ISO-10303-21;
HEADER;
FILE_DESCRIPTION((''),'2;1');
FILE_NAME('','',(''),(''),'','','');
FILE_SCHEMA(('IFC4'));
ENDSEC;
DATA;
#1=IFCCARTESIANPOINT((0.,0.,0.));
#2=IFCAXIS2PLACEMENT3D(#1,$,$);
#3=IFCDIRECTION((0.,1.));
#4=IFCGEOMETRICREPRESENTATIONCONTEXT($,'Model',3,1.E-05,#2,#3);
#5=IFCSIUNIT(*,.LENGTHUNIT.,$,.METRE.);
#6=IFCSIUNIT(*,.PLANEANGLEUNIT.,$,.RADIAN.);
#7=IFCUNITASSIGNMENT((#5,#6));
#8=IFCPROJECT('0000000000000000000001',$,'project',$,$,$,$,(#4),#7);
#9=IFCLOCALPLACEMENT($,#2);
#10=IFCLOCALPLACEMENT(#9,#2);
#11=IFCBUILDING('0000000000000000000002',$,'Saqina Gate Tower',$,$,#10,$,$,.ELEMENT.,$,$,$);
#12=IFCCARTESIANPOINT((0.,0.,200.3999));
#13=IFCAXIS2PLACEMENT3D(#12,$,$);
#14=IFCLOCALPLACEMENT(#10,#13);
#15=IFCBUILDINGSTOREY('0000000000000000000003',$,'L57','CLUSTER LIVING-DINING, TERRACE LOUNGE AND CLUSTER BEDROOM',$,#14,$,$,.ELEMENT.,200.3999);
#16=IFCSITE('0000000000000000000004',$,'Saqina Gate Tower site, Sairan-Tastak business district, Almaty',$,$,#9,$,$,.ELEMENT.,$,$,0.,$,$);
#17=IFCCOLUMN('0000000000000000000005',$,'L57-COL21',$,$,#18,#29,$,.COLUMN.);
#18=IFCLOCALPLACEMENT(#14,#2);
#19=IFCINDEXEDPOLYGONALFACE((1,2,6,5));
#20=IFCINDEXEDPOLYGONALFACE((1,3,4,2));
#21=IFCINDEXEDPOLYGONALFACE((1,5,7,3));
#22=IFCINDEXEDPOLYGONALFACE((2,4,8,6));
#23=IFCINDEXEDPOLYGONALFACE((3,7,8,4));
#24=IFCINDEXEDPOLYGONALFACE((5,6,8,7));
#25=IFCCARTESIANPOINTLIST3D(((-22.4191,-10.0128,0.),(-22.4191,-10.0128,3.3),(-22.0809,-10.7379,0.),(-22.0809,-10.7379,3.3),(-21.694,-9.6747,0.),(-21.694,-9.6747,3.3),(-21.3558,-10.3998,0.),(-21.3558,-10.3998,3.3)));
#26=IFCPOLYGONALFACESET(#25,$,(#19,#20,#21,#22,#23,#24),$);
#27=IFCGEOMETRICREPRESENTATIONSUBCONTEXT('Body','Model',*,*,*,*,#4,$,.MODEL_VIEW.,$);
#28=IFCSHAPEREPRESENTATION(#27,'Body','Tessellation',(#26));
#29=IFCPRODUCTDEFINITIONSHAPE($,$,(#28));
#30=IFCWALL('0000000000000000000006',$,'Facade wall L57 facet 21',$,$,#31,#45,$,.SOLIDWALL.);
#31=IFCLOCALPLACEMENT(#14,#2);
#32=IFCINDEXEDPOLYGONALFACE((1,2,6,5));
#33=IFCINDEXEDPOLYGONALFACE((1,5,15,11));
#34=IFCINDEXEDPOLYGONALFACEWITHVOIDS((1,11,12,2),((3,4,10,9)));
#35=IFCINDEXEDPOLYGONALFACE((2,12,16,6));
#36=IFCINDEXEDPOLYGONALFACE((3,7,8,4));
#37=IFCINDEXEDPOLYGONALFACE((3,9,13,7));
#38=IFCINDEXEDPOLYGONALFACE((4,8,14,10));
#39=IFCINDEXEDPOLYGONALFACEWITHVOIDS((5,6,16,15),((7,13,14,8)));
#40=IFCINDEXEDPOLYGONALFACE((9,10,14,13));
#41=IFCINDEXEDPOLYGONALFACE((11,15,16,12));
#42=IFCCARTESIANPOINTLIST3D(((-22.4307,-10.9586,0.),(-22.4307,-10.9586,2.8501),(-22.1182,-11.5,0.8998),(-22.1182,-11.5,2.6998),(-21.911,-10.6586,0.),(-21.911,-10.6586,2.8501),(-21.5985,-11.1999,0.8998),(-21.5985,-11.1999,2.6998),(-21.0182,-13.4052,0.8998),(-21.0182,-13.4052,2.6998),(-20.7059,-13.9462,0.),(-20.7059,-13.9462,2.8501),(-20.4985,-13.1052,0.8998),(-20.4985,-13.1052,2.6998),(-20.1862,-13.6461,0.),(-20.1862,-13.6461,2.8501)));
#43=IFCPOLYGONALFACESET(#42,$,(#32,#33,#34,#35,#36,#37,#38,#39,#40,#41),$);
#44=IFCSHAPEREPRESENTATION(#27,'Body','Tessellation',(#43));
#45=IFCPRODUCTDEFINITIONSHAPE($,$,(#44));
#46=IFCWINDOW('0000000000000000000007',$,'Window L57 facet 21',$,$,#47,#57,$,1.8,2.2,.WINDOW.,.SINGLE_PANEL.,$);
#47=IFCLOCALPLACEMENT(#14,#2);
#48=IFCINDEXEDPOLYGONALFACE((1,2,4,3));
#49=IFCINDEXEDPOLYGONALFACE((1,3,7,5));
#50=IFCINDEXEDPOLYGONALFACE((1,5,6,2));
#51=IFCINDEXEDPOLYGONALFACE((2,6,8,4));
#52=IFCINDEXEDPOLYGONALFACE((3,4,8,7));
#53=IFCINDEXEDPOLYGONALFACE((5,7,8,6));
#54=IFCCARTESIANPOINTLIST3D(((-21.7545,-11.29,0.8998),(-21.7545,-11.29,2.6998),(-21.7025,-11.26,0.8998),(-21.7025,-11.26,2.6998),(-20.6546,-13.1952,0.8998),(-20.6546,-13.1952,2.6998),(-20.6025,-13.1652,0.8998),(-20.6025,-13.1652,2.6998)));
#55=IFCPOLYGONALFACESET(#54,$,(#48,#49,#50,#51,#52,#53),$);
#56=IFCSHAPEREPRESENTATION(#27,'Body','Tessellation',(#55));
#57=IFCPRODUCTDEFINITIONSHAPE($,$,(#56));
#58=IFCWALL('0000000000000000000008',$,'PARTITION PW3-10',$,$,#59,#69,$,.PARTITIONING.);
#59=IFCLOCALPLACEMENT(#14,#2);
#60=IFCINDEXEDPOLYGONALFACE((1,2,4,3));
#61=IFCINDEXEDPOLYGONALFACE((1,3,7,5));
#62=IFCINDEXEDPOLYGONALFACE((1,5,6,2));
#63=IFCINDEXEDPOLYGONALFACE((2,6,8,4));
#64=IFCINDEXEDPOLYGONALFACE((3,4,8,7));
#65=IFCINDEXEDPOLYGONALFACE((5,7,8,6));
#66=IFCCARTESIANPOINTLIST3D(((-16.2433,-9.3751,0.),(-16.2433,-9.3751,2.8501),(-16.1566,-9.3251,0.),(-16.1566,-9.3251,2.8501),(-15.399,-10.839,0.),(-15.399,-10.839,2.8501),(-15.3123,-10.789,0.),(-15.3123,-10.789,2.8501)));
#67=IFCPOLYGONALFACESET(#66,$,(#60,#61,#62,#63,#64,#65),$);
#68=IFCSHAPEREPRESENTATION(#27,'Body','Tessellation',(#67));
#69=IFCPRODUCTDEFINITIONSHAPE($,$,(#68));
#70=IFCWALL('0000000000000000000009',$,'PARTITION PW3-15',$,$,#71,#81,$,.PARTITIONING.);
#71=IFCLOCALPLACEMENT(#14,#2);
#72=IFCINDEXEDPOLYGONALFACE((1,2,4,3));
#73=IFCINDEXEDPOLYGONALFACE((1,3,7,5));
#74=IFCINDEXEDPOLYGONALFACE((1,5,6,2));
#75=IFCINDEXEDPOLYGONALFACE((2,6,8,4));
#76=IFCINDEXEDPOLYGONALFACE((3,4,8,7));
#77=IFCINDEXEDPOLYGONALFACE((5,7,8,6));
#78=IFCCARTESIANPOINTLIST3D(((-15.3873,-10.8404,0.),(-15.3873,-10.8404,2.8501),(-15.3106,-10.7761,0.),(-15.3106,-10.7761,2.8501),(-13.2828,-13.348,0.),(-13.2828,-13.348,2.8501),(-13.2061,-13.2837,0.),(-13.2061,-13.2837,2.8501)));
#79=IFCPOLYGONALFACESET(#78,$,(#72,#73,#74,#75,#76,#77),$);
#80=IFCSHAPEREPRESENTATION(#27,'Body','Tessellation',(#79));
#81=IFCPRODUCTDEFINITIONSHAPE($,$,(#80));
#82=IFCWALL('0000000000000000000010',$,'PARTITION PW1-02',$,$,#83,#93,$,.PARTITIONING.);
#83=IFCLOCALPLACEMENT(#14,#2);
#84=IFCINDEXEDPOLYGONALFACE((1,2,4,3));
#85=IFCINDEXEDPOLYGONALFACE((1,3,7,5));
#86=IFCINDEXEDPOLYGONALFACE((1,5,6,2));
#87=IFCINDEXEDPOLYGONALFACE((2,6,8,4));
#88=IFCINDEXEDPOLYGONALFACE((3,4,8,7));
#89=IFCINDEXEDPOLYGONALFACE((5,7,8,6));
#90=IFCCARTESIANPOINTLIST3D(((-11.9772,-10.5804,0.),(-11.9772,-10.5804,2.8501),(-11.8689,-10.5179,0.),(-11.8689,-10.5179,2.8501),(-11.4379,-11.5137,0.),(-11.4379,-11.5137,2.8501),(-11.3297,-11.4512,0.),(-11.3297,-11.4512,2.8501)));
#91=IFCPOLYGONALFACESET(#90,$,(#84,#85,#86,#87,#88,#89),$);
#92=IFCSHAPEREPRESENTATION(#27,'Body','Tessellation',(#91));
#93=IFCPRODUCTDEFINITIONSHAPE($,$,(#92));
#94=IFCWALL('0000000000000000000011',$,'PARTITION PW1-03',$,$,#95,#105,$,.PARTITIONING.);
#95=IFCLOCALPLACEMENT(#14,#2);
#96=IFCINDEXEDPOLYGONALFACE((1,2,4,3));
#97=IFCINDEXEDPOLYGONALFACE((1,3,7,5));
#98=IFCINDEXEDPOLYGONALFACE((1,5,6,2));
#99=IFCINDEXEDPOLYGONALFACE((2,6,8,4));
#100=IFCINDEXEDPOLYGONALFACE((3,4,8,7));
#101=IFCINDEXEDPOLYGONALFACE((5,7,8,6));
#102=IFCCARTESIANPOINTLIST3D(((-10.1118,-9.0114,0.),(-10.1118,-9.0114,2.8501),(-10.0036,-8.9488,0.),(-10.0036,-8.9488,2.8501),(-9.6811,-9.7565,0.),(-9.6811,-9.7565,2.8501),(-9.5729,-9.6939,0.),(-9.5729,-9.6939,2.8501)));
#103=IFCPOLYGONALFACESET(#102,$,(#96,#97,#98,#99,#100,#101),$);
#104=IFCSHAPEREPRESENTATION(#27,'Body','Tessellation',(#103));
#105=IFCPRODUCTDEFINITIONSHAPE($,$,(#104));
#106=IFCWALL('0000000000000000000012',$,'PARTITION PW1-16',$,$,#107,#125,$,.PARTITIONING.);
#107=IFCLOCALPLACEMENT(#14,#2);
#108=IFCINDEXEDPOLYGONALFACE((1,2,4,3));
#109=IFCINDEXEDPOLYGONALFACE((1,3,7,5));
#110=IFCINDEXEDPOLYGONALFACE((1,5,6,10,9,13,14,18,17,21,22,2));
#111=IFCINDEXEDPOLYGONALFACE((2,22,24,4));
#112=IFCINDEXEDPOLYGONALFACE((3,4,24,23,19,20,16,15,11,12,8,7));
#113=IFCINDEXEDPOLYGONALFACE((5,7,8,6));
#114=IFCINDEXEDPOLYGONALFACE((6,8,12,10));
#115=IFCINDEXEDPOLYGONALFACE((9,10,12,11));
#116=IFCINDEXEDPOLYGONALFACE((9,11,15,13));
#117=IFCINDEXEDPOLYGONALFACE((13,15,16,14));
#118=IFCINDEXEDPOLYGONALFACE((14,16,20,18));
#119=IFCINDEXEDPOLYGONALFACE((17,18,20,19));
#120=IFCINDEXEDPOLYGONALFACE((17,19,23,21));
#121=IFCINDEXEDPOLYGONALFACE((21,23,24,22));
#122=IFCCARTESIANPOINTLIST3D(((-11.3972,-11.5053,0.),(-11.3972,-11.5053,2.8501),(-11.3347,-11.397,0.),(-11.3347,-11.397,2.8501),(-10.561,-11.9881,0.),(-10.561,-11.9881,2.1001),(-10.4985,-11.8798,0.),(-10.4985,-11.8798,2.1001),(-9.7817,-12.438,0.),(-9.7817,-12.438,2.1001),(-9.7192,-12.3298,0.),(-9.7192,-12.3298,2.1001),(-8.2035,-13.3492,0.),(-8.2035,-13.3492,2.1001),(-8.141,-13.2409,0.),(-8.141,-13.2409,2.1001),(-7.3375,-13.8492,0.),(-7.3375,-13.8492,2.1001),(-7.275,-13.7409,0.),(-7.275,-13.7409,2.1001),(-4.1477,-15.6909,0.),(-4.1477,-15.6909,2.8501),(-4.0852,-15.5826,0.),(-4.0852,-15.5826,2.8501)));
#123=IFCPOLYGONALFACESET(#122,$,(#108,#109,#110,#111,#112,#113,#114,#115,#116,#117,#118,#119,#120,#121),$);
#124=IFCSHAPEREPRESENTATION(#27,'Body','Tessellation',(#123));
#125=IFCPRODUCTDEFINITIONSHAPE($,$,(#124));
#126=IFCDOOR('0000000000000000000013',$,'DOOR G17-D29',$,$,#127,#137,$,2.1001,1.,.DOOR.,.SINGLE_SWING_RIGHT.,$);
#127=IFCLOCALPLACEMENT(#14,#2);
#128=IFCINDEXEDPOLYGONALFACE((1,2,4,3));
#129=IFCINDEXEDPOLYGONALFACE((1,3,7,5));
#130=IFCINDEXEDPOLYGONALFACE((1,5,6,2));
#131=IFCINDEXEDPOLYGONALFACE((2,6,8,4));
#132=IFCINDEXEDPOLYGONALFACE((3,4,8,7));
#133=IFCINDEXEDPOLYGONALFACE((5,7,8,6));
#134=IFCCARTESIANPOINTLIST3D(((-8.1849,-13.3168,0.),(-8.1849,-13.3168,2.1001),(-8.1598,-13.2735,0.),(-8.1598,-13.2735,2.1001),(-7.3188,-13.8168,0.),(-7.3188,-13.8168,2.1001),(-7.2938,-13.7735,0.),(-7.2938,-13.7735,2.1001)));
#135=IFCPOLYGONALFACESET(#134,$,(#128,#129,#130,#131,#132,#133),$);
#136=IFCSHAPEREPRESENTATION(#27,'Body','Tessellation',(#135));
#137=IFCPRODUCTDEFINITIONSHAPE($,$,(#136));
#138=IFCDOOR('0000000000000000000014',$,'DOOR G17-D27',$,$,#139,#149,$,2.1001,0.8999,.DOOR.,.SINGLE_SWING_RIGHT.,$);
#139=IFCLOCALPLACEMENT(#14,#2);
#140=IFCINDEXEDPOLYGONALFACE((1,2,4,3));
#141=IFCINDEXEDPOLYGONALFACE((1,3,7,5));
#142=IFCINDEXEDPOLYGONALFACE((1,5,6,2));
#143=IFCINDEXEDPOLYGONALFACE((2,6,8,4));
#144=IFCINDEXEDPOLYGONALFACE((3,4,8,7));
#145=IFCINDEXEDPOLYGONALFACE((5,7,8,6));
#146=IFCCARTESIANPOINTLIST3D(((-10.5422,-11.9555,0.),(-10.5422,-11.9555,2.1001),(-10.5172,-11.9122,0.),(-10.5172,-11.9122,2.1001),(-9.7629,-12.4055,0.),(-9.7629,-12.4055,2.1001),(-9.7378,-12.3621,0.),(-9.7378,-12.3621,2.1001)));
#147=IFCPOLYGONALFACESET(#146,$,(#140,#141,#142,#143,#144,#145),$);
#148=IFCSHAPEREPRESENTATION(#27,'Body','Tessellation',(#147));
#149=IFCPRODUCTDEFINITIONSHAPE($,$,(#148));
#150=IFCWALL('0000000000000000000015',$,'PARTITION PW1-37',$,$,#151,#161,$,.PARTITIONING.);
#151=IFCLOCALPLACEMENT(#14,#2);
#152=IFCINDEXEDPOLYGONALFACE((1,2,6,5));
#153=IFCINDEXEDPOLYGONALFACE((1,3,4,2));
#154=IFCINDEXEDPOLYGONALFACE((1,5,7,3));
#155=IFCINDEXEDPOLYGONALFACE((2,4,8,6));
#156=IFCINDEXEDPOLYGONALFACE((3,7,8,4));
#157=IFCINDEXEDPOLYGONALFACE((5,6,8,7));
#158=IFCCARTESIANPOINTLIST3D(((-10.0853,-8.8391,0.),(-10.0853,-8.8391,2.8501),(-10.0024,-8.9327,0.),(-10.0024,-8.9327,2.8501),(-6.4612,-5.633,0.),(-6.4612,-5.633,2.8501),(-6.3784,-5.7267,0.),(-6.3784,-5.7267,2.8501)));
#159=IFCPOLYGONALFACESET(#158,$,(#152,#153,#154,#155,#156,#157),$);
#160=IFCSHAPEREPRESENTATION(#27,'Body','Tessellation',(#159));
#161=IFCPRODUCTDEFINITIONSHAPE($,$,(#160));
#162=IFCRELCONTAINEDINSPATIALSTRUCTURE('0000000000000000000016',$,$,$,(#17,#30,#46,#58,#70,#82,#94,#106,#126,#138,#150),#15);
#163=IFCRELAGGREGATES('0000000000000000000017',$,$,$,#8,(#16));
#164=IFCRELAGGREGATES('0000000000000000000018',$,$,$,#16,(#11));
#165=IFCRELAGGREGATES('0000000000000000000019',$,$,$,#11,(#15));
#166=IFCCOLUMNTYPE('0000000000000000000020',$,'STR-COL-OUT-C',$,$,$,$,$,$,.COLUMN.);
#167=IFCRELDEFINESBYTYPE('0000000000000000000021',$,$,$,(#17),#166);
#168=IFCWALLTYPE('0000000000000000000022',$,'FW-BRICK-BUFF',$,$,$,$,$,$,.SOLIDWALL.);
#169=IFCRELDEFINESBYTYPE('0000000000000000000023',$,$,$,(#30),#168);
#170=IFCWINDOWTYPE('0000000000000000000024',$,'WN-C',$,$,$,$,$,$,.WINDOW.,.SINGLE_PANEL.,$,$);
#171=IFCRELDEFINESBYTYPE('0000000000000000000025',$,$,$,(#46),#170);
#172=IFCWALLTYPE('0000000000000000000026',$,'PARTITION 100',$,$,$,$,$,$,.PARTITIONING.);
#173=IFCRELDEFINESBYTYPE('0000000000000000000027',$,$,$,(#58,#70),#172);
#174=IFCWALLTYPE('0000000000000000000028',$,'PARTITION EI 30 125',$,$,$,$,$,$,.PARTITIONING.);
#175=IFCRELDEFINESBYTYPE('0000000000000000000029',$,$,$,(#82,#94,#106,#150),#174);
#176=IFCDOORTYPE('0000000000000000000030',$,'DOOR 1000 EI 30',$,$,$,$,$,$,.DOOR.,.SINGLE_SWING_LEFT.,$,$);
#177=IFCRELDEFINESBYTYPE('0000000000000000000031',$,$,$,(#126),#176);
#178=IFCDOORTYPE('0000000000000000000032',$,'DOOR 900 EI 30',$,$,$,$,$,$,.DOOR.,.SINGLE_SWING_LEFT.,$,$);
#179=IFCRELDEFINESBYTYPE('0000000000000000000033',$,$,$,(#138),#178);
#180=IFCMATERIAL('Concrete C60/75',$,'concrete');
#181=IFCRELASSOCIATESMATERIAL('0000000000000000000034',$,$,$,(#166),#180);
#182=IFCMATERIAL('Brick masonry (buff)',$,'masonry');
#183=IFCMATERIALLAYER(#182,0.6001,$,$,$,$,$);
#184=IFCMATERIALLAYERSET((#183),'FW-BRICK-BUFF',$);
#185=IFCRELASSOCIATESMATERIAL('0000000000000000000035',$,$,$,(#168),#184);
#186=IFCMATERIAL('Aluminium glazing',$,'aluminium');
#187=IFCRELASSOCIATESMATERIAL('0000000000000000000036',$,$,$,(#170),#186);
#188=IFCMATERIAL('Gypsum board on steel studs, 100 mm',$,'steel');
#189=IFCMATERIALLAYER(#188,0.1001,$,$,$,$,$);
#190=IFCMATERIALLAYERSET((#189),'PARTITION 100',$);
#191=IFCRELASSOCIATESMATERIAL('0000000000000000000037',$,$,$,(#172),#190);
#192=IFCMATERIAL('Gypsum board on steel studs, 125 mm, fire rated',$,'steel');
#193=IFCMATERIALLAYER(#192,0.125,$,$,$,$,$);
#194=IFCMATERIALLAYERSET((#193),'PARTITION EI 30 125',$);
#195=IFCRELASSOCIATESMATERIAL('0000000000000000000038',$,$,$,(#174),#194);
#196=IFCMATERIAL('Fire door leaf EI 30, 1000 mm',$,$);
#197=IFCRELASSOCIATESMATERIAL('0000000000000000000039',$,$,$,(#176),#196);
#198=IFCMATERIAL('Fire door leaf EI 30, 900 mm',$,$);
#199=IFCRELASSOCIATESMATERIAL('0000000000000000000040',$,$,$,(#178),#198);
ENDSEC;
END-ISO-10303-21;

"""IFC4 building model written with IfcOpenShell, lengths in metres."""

from ifc_helpers import new_model, si_unit, direction, frame, frame_2d, origin, origin_2d, place, context, subcontext, project, spatial, rectangle, extrude, material, layer, layer_set, material_profile, profile_set, type_object, element, fill, save


model = new_model("IFC4")

# Units and contexts
model_context = context("Model", 3, precision=1e-05, world=origin(), true_north=direction((0.0, 1.0)))
body_context = subcontext(model_context, "Body", "Model", "MODEL_VIEW")
ifc_project = project(units=[si_unit("LENGTHUNIT", "METRE"), si_unit("PLANEANGLEUNIT", "RADIAN")], contexts=[model_context])

# Site, building, storey
site_placement = place(None, origin())
site = spatial("IfcSite", under=ifc_project, at=site_placement, Name="Saqina Gate Tower site, Sairan-Tastak business district, Almaty", CompositionType="ELEMENT", RefElevation=0.0)
building_placement = place(site_placement, origin())
building = spatial("IfcBuilding", under=site, at=building_placement, Name="Saqina Gate Tower", CompositionType="ELEMENT")
storey_placement = place(building_placement, frame((0.0, 0.0, 200.3999)))
storey = spatial("IfcBuildingStorey", under=building, at=storey_placement, Name="L57", Description="CLUSTER LIVING-DINING, TERRACE LOUNGE AND CLUSTER BEDROOM", CompositionType="ELEMENT", Elevation=200.3999)

# Column
ifc_material_1 = material(Name="Concrete C60/75", Category="concrete")
ifc_material_profile = material_profile(ifc_material_1, rectangle(XDim=0.8, YDim=0.8, at=origin_2d()), Name="RC 800x800")
ifc_profile_set = profile_set([ifc_material_profile], Name="Concrete C60/75")
column_type = type_object("IfcColumnType", Name="STR-COL-OUT-C", PredefinedType="COLUMN", material=ifc_profile_set)
column_placement = place(storey_placement, frame((-21.8875, -10.2063, 0.0), z_axis=(0.0, 0.0, 1.0), x_axis=(-0.906308, -0.422618, 0.0)))
element("IfcColumn", 1, at=column_placement, inside=storey, type_object=column_type, Name="L57-COL21", PredefinedType="COLUMN", context=body_context, shape_type="SweptSolid", body=[
    extrude(rectangle(XDim=0.8, YDim=0.8, at=origin_2d()), origin(), (0.0, 0.0, 1.0), 3.3),
])

# Wall, opening, window
ifc_material_2 = material(Name="Brick masonry (buff)", Category="masonry")
ifc_layer_1 = layer(ifc_material_2, 0.6001)
ifc_layer_set_1 = layer_set([ifc_layer_1], Name="FW-BRICK-BUFF")
wall_type_1 = type_object("IfcWallType", Name="FW-BRICK-BUFF", PredefinedType="SOLIDWALL", material=ifc_layer_set_1)
wall_1_placement = place(storey_placement, frame((-22.1709, -10.8086, 0.0), z_axis=(0.0, 0.0, 1.0), x_axis=(0.499998, -0.866026, 0.0)))
wall_1 = element("IfcWall", 2, at=wall_1_placement, inside=storey, type_object=wall_type_1, Name="Facade wall L57 facet 21", PredefinedType="SOLIDWALL", context=body_context, shape_type="SweptSolid", body=[
    extrude(rectangle(XDim=3.4497, YDim=0.6001, at=frame_2d((1.7249, 0.0))), origin(), (0.0, 0.0, 1.0), 2.8501),
])
opening_1_placement = place(wall_1_placement, frame((0.625, 0.0, 0.8999)))
opening_1 = element("IfcOpeningElement", 3, at=opening_1_placement, cuts=wall_1, PredefinedType="OPENING", context=body_context, shape_type="SweptSolid", body=[
    extrude(rectangle(XDim=2.2, YDim=1.8, at=frame_2d((1.1001, 0.8999))), frame((0.0, 0.312, 0.0), z_axis=(0.0, -1.0, 0.0), x_axis=(1.0, 0.0, 0.0)), (0.0, 0.0, 1.0), 0.624),
])
ifc_material_3 = material(Name="Aluminium glazing", Category="aluminium")
window_type = type_object("IfcWindowType", Name="WN-C", PartitioningType="SINGLE_PANEL", PredefinedType="WINDOW", material=ifc_material_3)
window_placement = place(opening_1_placement, origin())
window = element("IfcWindow", 4, at=window_placement, inside=storey, type_object=window_type, Name="Window L57 facet 21", OverallHeight=1.8, OverallWidth=2.2, PartitioningType="SINGLE_PANEL", PredefinedType="WINDOW", context=body_context, shape_type="SweptSolid", body=[
    extrude(rectangle(XDim=2.2, YDim=1.8, at=frame_2d((1.1001, 0.8999))), frame((0.0, 0.1799, 0.0), z_axis=(0.0, -1.0, 0.0), x_axis=(1.0, 0.0, 0.0)), (0.0, 0.0, 1.0), 0.0601),
])
fill(opening_1, window)

# Walls
ifc_material_4 = material(Name="Gypsum board on steel studs, 100 mm", Category="steel")
ifc_layer_2 = layer(ifc_material_4, 0.1001)
ifc_layer_set_2 = layer_set([ifc_layer_2], Name="PARTITION 100")
wall_type_2 = type_object("IfcWallType", Name="PARTITION 100", PredefinedType="PARTITIONING", material=ifc_layer_set_2)
wall_2_placement = place(storey_placement, frame((-16.2, -9.3501, 0.0), z_axis=(0.0, 0.0, 1.0), x_axis=(0.499589, -0.866263, 0.0)))
element("IfcWall", 5, at=wall_2_placement, inside=storey, type_object=wall_type_2, Name="PARTITION PW3-10", PredefinedType="PARTITIONING", context=body_context, shape_type="SweptSolid", body=[
    extrude(rectangle(XDim=1.6899, YDim=0.1001, at=frame_2d((0.845, 0.0))), origin(), (0.0, 0.0, 1.0), 2.8501),
])
wall_3_placement = place(storey_placement, frame((-15.3489, -10.8083, 0.0), z_axis=(0.0, 0.0, 1.0), x_axis=(0.642858, -0.765985, 0.0)))
element("IfcWall", 6, at=wall_3_placement, inside=storey, type_object=wall_type_2, Name="PARTITION PW3-15", PredefinedType="PARTITIONING", context=body_context, shape_type="SweptSolid", body=[
    extrude(rectangle(XDim=3.2737, YDim=0.1001, at=frame_2d((1.6367, 0.0))), origin(), (0.0, 0.0, 1.0), 2.8501),
])
ifc_material_5 = material(Name="Gypsum board on steel studs, 125 mm, fire rated", Category="steel")
ifc_layer_3 = layer(ifc_material_5, 0.125)
ifc_layer_set_3 = layer_set([ifc_layer_3], Name="PARTITION EI 30 125")
wall_type_3 = type_object("IfcWallType", Name="PARTITION EI 30 125", PredefinedType="PARTITIONING", material=ifc_layer_set_3)
wall_4_placement = place(storey_placement, frame((-11.9231, -10.5491, 0.0), z_axis=(0.0, 0.0, 1.0), x_axis=(0.500304, -0.86585, 0.0)))
element("IfcWall", 7, at=wall_4_placement, inside=storey, type_object=wall_type_3, Name="PARTITION PW1-02", PredefinedType="PARTITIONING", context=body_context, shape_type="SweptSolid", body=[
    extrude(rectangle(XDim=1.0779, YDim=0.125, at=frame_2d((0.5391, 0.0))), origin(), (0.0, 0.0, 1.0), 2.8501),
])
wall_5_placement = place(storey_placement, frame((-10.0576, -8.9802, 0.0), z_axis=(0.0, 0.0, 1.0), x_axis=(0.50041, -0.865789, 0.0)))
element("IfcWall", 8, at=wall_5_placement, inside=storey, type_object=wall_type_3, Name="PARTITION PW1-03", PredefinedType="PARTITIONING", context=body_context, shape_type="SweptSolid", body=[
    extrude(rectangle(XDim=0.8606, YDim=0.125, at=frame_2d((0.4302, 0.0))), origin(), (0.0, 0.0, 1.0), 2.8501),
])

# Wall, openings, doors
wall_6_placement = place(storey_placement, frame((-11.366, -11.4512, 0.0), z_axis=(0.0, 0.0, 1.0), x_axis=(0.866023, -0.500004, 0.0)))
wall_6 = element("IfcWall", 9, at=wall_6_placement, inside=storey, type_object=wall_type_3, Name="PARTITION PW1-16", PredefinedType="PARTITIONING", context=body_context, shape_type="SweptSolid", body=[
    extrude(rectangle(XDim=8.3711, YDim=0.125, at=frame_2d((4.1855, 0.0))), origin(), (0.0, 0.0, 1.0), 2.8501),
])
opening_2_placement = place(wall_6_placement, frame((0.9656, 0.0, 0.0)))
opening_2 = element("IfcOpeningElement", 10, at=opening_2_placement, cuts=wall_6, PredefinedType="OPENING", context=body_context, shape_type="SweptSolid", body=[
    extrude(rectangle(XDim=0.8999, YDim=2.1001, at=frame_2d((0.45, 1.05))), frame((0.0, 0.0745, 0.0), z_axis=(0.0, -1.0, 0.0), x_axis=(1.0, 0.0, 0.0)), (0.0, 0.0, 1.0), 0.1489),
])
opening_3_placement = place(wall_6_placement, frame((3.6877, 0.0, 0.0)))
opening_3 = element("IfcOpeningElement", 11, at=opening_3_placement, cuts=wall_6, PredefinedType="OPENING", context=body_context, shape_type="SweptSolid", body=[
    extrude(rectangle(XDim=1.0, YDim=2.1001, at=frame_2d((0.5, 1.05))), frame((0.0, 0.0745, 0.0), z_axis=(0.0, -1.0, 0.0), x_axis=(1.0, 0.0, 0.0)), (0.0, 0.0, 1.0), 0.1489),
])
ifc_material_6 = material(Name="Fire door leaf EI 30, 1000 mm")
door_type_1 = type_object("IfcDoorType", Name="DOOR 1000 EI 30", OperationType="SINGLE_SWING_LEFT", PredefinedType="DOOR", material=ifc_material_6)
door_1_placement = place(opening_3_placement, origin())
door_1 = element("IfcDoor", 12, at=door_1_placement, inside=storey, type_object=door_type_1, Name="DOOR G17-D29", OperationType="SINGLE_SWING_RIGHT", OverallHeight=2.1001, OverallWidth=1.0, PredefinedType="DOOR", context=body_context, shape_type="SweptSolid", body=[
    extrude(rectangle(XDim=1.0, YDim=2.1001, at=frame_2d((0.5, 1.05))), frame((0.0, 0.0249, 0.0), z_axis=(0.0, -1.0, 0.0), x_axis=(1.0, 0.0, 0.0)), (0.0, 0.0, 1.0), 0.05),
])
fill(opening_3, door_1)
ifc_material_7 = material(Name="Fire door leaf EI 30, 900 mm")
door_type_2 = type_object("IfcDoorType", Name="DOOR 900 EI 30", OperationType="SINGLE_SWING_LEFT", PredefinedType="DOOR", material=ifc_material_7)
door_2_placement = place(opening_2_placement, frame((0.8999, 0.0, 0.0), z_axis=(0.0, 0.0, 1.0), x_axis=(-1.0, 0.0, 0.0)))
door_2 = element("IfcDoor", 13, at=door_2_placement, inside=storey, type_object=door_type_2, Name="DOOR G17-D27", OperationType="SINGLE_SWING_RIGHT", OverallHeight=2.1001, OverallWidth=0.8999, PredefinedType="DOOR", context=body_context, shape_type="SweptSolid", body=[
    extrude(rectangle(XDim=0.8999, YDim=2.1001, at=frame_2d((0.45, 1.05))), frame((0.0, 0.0249, 0.0), z_axis=(0.0, -1.0, 0.0), x_axis=(1.0, 0.0, 0.0)), (0.0, 0.0, 1.0), 0.05),
])
fill(opening_2, door_2)

# Wall
wall_7_placement = place(storey_placement, frame((-10.0439, -8.886, 0.0), z_axis=(0.0, 0.0, 1.0), x_axis=(0.748977, 0.662596, 0.0)))
element("IfcWall", 14, at=wall_7_placement, inside=storey, type_object=wall_type_3, Name="PARTITION PW1-37", PredefinedType="PARTITIONING", context=body_context, shape_type="SweptSolid", body=[
    extrude(rectangle(XDim=4.8386, YDim=0.125, at=frame_2d((2.4194, 0.0))), origin(), (0.0, 0.0, 1.0), 2.8501),
])

save(model, "model.ifc")
